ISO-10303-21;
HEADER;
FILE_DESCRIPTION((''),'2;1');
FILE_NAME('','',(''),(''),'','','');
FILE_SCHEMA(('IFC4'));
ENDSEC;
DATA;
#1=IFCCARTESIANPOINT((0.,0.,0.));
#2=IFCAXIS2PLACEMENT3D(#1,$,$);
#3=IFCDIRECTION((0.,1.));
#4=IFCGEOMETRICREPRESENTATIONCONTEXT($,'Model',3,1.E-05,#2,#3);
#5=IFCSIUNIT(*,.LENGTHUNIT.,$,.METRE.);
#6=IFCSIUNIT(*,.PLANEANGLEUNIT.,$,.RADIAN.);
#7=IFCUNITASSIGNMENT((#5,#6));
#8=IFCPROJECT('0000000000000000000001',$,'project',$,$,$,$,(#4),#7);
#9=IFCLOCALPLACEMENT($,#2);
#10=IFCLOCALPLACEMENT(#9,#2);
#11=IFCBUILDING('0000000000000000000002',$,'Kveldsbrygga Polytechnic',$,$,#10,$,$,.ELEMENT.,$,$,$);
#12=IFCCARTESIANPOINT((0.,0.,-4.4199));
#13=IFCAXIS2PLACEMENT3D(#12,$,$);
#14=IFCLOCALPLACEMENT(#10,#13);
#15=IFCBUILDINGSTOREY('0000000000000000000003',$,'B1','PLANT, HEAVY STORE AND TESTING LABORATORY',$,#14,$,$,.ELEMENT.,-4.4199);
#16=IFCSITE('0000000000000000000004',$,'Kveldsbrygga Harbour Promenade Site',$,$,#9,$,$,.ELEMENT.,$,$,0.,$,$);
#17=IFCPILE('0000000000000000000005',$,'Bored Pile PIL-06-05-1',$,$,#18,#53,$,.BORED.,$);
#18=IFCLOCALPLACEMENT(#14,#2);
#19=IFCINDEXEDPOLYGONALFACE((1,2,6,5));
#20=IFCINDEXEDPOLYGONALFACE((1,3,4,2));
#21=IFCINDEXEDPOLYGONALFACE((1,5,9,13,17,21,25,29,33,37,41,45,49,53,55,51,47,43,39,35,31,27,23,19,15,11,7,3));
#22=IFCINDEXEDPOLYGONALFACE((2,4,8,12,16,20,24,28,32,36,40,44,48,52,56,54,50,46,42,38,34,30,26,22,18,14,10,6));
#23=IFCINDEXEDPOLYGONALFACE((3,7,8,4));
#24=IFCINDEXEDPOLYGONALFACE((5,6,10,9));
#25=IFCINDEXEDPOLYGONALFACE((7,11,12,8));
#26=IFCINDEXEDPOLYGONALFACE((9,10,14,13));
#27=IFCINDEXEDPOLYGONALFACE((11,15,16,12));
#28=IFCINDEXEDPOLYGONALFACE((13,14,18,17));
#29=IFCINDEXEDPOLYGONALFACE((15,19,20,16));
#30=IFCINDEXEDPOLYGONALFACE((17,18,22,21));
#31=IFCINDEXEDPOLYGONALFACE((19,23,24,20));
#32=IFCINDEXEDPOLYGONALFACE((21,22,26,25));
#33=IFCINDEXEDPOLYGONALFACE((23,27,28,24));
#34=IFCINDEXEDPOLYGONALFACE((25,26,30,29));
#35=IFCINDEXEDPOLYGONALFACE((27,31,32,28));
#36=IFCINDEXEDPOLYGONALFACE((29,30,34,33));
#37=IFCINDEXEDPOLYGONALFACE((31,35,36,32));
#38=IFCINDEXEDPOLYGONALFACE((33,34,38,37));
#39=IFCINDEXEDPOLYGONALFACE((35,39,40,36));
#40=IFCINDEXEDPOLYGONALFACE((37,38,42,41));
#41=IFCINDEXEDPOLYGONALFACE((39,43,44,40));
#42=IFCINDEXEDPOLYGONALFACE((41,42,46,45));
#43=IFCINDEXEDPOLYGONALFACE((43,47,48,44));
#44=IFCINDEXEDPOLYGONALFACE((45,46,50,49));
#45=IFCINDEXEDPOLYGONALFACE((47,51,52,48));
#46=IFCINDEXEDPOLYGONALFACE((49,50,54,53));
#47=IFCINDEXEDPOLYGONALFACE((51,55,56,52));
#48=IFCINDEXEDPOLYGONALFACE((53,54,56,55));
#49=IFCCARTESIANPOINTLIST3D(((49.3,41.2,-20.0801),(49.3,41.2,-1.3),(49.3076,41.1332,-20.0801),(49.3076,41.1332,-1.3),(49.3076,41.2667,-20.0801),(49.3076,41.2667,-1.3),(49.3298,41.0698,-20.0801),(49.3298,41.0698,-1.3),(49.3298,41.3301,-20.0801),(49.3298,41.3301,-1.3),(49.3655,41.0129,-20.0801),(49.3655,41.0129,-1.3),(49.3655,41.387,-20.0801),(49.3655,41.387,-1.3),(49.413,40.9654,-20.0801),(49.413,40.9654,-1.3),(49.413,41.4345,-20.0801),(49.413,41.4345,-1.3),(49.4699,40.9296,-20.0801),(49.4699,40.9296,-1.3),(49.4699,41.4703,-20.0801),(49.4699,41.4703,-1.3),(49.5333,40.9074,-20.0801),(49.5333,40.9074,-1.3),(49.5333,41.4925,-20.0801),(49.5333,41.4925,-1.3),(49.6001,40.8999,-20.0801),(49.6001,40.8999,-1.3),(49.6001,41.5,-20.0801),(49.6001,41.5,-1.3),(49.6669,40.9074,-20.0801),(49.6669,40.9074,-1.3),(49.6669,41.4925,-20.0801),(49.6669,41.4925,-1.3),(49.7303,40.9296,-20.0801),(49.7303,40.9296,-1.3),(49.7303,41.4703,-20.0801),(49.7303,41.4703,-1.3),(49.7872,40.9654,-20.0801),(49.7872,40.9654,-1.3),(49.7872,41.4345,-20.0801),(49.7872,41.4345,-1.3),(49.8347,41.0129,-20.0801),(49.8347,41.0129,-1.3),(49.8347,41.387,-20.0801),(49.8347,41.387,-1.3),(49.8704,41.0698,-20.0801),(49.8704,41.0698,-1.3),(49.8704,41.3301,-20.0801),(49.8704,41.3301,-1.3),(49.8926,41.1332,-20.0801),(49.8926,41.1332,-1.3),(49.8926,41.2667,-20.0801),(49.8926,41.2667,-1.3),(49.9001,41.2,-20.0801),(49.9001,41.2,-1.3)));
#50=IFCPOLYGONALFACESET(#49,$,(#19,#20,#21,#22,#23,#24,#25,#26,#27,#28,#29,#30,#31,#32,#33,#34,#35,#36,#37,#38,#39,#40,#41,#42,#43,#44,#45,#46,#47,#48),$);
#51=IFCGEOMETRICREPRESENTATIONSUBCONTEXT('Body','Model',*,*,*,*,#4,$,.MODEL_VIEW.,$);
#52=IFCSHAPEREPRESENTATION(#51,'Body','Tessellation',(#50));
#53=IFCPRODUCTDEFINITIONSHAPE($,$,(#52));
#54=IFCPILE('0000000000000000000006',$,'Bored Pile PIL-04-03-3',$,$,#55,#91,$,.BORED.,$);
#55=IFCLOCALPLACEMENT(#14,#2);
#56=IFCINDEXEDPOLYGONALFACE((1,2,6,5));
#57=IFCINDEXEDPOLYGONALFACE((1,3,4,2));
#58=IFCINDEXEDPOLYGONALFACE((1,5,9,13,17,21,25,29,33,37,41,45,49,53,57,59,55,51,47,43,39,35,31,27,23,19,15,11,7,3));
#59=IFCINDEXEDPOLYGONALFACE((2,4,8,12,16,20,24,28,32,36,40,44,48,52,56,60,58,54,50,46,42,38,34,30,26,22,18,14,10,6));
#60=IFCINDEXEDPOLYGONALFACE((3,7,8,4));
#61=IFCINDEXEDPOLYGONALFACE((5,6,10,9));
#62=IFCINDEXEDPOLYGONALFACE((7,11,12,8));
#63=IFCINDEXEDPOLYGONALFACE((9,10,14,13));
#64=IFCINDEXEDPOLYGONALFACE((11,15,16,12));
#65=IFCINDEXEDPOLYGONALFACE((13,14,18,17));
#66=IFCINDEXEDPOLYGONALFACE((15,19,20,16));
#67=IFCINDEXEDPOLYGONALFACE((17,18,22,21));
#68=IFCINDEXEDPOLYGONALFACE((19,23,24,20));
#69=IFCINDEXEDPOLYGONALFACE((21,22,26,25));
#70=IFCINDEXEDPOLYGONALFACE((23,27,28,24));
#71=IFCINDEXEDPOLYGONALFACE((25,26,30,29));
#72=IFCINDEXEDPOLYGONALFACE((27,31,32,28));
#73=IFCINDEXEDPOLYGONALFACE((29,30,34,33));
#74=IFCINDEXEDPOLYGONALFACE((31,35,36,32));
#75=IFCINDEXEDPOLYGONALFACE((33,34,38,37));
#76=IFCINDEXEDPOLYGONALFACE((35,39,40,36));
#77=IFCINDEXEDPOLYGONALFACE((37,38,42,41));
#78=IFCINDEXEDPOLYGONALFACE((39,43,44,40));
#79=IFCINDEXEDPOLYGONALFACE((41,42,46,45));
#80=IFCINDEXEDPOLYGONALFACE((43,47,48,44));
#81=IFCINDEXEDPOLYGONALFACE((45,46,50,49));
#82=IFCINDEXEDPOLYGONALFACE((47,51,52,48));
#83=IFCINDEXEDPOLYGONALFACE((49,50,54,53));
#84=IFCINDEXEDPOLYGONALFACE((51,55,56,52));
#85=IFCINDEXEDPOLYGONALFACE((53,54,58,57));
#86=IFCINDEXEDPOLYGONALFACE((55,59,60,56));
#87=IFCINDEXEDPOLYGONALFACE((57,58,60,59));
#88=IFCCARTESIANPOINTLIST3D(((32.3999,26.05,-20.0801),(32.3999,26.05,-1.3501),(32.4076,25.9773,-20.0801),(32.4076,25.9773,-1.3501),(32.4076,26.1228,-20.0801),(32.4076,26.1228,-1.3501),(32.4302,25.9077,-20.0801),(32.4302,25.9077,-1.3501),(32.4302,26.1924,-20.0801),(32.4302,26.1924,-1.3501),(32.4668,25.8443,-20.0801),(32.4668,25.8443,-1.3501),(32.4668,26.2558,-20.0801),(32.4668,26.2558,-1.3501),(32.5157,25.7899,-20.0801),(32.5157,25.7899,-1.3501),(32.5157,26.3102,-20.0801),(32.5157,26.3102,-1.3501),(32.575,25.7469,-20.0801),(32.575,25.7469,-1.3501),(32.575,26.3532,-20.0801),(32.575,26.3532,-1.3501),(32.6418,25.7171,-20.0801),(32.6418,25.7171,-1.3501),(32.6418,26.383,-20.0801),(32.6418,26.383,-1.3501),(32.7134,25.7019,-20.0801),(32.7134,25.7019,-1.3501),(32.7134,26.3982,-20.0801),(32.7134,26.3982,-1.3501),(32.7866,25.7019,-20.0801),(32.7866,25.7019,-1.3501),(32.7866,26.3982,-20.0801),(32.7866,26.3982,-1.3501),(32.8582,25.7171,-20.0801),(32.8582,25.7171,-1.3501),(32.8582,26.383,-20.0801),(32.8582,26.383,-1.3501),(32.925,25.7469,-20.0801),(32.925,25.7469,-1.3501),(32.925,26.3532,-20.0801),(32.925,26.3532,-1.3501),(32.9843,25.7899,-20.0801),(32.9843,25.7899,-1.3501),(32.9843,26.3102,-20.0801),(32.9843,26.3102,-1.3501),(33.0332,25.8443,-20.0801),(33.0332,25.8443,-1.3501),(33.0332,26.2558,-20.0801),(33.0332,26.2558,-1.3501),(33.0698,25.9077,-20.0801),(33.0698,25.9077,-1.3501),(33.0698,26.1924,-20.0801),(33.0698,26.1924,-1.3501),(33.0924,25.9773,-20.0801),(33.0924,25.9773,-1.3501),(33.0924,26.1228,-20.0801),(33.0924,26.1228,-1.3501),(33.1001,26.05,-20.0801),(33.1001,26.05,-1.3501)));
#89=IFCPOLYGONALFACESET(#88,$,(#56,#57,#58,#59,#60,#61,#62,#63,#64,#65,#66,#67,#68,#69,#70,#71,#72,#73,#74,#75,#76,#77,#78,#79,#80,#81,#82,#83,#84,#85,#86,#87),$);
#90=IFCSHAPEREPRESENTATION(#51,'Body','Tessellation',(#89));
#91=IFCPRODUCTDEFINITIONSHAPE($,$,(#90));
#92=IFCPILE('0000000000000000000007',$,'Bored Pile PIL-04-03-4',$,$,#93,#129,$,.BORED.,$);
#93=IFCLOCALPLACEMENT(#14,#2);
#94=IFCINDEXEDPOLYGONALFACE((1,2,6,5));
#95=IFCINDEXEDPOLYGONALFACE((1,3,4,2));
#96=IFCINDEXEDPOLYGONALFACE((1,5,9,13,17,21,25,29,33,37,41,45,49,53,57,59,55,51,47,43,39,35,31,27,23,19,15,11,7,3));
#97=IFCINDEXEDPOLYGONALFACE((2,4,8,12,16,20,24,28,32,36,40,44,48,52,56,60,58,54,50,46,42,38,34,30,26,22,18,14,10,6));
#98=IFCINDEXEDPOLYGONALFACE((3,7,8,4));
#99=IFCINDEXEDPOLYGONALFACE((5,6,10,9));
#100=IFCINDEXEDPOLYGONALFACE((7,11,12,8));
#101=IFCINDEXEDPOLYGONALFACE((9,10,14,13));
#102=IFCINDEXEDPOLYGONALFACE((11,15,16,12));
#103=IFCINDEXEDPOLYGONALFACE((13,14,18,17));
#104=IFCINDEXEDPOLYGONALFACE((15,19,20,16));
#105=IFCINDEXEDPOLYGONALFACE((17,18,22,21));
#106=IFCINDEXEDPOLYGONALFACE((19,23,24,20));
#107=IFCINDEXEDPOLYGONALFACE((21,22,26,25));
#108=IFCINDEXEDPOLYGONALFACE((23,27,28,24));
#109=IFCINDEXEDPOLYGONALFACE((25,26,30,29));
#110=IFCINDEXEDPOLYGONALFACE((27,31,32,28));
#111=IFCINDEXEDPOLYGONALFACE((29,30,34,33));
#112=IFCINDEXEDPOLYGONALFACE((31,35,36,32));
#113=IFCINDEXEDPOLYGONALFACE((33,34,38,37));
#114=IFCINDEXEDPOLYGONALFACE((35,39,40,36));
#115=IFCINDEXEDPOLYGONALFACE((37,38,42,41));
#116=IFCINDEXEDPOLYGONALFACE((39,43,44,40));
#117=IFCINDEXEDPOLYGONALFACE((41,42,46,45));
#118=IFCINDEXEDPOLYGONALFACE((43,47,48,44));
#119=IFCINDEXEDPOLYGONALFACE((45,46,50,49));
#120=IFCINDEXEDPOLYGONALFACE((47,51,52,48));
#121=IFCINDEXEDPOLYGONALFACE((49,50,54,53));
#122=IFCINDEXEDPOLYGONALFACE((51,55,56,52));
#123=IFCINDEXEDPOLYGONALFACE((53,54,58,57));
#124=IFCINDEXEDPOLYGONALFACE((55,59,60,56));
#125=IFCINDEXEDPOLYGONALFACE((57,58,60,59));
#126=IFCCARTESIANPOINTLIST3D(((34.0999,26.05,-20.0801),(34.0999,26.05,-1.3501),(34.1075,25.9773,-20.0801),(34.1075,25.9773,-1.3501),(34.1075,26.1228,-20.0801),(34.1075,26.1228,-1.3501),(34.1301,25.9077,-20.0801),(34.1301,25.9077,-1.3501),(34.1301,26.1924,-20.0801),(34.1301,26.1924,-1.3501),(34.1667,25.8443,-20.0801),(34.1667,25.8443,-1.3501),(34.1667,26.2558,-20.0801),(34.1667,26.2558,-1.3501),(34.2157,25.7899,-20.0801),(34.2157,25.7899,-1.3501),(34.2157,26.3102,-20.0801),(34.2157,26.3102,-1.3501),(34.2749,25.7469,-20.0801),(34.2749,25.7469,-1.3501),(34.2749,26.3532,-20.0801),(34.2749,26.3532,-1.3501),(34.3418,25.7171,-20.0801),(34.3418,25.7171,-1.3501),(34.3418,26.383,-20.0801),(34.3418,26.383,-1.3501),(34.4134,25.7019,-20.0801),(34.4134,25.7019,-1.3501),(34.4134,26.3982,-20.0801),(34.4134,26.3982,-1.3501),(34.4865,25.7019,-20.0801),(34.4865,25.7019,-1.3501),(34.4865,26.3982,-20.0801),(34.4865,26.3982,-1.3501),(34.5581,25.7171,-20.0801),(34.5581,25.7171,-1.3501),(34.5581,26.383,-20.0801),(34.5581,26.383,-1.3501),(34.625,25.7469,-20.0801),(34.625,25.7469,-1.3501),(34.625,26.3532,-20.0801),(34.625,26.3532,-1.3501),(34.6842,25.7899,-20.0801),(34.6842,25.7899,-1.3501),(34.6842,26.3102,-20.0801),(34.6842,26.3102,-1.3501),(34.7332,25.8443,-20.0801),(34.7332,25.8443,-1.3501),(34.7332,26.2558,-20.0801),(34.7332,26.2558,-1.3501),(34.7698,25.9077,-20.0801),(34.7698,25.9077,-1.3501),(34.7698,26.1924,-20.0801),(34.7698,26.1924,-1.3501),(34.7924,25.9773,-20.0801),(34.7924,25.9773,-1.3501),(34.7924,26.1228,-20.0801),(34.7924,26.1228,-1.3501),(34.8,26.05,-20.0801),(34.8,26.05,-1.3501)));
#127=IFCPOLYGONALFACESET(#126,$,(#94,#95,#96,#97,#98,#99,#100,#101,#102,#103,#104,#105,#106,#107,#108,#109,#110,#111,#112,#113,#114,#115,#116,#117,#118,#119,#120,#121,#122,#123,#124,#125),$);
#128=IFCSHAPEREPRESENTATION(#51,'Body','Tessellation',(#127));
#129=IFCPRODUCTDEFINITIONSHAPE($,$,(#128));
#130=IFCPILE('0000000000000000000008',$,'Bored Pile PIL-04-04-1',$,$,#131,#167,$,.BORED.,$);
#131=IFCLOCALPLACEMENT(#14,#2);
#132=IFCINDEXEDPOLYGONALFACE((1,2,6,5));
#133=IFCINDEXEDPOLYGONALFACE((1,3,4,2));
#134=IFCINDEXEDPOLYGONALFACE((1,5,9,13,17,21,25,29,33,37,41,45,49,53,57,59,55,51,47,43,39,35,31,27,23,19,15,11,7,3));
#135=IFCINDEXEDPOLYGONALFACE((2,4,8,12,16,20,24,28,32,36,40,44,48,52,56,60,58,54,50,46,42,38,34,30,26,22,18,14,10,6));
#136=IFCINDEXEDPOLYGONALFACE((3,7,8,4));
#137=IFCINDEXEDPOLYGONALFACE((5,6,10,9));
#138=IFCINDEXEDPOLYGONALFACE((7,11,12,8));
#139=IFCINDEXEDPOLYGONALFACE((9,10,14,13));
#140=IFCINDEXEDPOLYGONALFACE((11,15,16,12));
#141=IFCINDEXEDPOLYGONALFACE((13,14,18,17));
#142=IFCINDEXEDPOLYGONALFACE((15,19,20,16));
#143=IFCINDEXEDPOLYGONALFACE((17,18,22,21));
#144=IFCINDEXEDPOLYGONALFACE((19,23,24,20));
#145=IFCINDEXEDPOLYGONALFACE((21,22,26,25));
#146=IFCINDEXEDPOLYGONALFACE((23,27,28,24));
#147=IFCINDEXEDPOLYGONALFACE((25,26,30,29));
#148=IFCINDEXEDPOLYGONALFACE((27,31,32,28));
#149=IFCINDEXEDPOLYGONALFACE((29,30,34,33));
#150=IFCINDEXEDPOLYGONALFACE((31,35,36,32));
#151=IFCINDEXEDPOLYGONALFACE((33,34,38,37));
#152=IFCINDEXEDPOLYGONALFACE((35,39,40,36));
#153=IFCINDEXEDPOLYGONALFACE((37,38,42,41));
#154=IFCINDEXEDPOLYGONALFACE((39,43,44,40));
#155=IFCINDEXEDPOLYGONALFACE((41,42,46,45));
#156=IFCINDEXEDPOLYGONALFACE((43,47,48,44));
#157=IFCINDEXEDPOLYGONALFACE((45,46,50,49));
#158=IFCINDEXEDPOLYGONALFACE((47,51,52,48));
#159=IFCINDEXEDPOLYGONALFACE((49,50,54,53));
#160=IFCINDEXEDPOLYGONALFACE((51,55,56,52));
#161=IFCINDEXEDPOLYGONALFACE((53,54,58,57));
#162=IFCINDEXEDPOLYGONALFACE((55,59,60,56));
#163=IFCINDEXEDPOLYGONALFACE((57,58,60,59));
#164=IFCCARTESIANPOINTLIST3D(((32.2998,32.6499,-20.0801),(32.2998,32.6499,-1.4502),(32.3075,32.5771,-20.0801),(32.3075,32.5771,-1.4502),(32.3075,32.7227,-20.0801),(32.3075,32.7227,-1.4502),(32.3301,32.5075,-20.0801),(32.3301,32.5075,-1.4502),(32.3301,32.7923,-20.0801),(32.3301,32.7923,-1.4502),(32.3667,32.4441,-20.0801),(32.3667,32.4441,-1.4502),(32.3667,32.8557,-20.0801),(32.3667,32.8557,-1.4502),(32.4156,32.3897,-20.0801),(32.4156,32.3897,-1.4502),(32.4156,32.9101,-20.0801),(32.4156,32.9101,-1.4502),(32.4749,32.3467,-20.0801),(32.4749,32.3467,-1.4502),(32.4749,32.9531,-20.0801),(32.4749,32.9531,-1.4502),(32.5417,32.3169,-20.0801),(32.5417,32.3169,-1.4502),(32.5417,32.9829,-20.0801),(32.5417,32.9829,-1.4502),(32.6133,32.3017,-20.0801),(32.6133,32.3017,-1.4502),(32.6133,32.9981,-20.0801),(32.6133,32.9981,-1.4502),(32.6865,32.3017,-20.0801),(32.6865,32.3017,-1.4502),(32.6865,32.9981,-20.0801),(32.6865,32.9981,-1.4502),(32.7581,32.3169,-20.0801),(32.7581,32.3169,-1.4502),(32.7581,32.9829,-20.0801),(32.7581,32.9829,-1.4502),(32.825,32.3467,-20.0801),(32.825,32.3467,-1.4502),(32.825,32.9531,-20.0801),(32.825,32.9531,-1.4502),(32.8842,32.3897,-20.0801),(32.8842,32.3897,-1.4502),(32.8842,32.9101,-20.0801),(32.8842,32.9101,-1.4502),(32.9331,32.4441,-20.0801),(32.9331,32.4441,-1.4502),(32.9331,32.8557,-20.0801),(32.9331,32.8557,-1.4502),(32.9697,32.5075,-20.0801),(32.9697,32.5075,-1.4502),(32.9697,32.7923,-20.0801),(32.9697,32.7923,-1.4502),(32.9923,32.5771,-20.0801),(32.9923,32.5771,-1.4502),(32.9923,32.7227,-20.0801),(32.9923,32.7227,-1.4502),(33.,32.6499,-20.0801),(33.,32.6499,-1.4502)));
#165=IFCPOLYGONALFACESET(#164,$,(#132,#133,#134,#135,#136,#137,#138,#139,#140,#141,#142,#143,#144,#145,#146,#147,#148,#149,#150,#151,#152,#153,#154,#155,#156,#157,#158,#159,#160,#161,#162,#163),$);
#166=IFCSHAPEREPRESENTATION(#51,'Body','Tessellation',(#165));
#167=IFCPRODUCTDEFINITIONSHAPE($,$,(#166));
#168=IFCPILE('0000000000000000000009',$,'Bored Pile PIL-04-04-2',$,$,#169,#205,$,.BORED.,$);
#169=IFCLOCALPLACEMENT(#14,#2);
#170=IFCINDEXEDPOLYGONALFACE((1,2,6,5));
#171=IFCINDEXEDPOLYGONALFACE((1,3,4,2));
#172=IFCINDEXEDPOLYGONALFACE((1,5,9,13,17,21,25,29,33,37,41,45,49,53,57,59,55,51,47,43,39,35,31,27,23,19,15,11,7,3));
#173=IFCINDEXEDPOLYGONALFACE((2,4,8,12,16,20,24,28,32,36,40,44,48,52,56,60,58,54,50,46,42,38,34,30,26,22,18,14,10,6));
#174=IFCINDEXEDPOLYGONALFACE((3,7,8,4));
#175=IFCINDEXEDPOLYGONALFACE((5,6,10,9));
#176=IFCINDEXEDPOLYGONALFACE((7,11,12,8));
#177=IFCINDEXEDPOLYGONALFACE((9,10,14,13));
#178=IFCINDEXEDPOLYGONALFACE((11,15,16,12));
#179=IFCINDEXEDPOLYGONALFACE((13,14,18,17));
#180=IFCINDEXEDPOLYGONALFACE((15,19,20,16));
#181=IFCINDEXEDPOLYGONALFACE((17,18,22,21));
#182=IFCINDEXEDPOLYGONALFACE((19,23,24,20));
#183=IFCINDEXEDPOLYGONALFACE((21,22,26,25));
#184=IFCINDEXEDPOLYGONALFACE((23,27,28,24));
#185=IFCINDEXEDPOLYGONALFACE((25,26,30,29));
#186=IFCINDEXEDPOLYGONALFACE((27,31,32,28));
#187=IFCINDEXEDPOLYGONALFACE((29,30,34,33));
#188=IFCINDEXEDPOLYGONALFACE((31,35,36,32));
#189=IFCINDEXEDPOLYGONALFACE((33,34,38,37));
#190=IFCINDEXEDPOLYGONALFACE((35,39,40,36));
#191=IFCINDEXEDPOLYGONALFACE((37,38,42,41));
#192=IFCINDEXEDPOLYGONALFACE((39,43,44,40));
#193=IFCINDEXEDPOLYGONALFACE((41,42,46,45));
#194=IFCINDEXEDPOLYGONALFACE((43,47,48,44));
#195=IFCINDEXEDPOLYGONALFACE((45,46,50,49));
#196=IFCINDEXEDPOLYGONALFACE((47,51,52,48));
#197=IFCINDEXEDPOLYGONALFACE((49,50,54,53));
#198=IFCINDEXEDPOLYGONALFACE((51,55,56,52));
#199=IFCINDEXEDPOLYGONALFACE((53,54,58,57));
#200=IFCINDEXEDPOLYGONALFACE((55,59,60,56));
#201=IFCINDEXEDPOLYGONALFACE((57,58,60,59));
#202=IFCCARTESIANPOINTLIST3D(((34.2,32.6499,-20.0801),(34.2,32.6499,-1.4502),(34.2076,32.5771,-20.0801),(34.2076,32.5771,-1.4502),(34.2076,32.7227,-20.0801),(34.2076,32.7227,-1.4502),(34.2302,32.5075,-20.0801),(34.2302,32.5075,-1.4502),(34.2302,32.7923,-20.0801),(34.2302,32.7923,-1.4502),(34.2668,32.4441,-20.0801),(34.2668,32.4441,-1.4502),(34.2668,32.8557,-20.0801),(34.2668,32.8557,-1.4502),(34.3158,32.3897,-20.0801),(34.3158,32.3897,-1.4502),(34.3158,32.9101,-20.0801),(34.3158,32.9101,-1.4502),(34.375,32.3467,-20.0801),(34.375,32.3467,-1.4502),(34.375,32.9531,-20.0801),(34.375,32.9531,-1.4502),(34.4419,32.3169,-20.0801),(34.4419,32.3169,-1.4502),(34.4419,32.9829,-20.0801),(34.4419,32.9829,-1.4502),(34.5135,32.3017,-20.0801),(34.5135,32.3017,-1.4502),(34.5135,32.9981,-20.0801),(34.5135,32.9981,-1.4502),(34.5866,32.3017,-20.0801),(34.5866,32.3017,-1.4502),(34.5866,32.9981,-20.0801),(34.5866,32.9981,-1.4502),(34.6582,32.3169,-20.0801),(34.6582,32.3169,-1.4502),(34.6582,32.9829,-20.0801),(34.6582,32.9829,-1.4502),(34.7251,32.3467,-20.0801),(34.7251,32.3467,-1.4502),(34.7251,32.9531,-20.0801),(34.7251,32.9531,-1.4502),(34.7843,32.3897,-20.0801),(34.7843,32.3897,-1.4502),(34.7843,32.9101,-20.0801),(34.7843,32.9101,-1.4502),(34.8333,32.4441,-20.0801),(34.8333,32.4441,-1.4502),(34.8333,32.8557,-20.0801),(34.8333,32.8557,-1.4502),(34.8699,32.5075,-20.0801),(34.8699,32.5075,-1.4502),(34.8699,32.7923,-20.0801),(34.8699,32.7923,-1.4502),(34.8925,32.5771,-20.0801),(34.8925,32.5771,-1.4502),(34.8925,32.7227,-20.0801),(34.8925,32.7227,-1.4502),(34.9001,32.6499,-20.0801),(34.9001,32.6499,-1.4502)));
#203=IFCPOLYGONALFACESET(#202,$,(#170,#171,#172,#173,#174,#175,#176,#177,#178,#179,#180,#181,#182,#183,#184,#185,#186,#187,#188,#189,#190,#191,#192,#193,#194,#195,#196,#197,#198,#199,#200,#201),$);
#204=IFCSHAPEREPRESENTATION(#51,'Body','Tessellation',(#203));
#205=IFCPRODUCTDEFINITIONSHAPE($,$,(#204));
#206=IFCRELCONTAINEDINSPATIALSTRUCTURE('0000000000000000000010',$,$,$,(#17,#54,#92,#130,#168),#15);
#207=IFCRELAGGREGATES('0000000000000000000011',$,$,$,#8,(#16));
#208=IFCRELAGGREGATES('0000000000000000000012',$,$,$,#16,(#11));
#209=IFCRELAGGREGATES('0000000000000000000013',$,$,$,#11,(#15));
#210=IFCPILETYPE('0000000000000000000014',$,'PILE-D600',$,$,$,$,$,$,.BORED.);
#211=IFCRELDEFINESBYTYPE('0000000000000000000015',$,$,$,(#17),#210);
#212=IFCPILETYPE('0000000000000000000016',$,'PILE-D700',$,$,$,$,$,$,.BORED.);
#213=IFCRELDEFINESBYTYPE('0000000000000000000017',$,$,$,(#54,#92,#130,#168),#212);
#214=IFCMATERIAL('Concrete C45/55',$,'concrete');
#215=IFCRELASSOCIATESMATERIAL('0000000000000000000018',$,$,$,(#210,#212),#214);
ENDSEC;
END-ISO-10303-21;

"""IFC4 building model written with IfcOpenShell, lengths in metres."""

from ifc_helpers import new_model, si_unit, direction, frame, origin, origin_2d, place, context, subcontext, project, spatial, circle, extrude, material, material_profile, profile_set, type_object, element, save


model = new_model("IFC4")

# Units and contexts
model_context = context("Model", 3, precision=1e-05, world=origin(), true_north=direction((0.0, 1.0)))
body_context = subcontext(model_context, "Body", "Model", "MODEL_VIEW")
ifc_project = project(units=[si_unit("LENGTHUNIT", "METRE"), si_unit("PLANEANGLEUNIT", "RADIAN")], contexts=[model_context])

# Site, building, storey
site_placement = place(None, origin())
site = spatial("IfcSite", under=ifc_project, at=site_placement, Name="Kveldsbrygga Harbour Promenade Site", CompositionType="ELEMENT", RefElevation=0.0)
building_placement = place(site_placement, origin())
building = spatial("IfcBuilding", under=site, at=building_placement, Name="Kveldsbrygga Polytechnic", CompositionType="ELEMENT")
storey_placement = place(building_placement, frame((0.0, 0.0, -4.4199)))
storey = spatial("IfcBuildingStorey", under=building, at=storey_placement, Name="B1", Description="PLANT, HEAVY STORE AND TESTING LABORATORY", CompositionType="ELEMENT", Elevation=-4.4199)

# Shared definitions
ifc_material_1 = material(Name="Concrete C45/55", Category="concrete")

# Piles
ifc_material_profile_1 = material_profile(ifc_material_1, circle(Radius=0.3, at=origin_2d()), Name="PILE D600")
ifc_profile_set_1 = profile_set([ifc_material_profile_1], Name="Concrete C45/55")
pile_type_1 = type_object("IfcPileType", Name="PILE-D600", PredefinedType="BORED", material=ifc_profile_set_1)
for number, where, z_axis, x_axis, name in (
    (1, (49.6001, 41.2, -1.3), (0.0, 0.0, -1.0), (1.0, 0.0, 0.0), "Bored Pile PIL-06-05-1"),
):
    element("IfcPile", number, at=place(storey_placement, frame(where, z_axis=z_axis, x_axis=x_axis)), inside=storey, type_object=pile_type_1, Name=name, PredefinedType="BORED", context=body_context, shape_type="SweptSolid", body=[
        extrude(circle(Radius=0.3, at=origin_2d()), origin(), (0.0, 0.0, 1.0), 18.78),
    ])
ifc_material_profile_2 = material_profile(ifc_material_1, circle(Radius=0.3501, at=origin_2d()), Name="PILE D700")
ifc_profile_set_2 = profile_set([ifc_material_profile_2], Name="Concrete C45/55")
pile_type_2 = type_object("IfcPileType", Name="PILE-D700", PredefinedType="BORED", material=ifc_profile_set_2)
for number, where, z_axis, x_axis, name in (
    (2, (32.75, 26.05, -1.3501), (0.0, 0.0, -1.0), (1.0, 0.0, 0.0), "Bored Pile PIL-04-03-3"),
    (3, (34.45, 26.05, -1.3501), (0.0, 0.0, -1.0), (1.0, 0.0, 0.0), "Bored Pile PIL-04-03-4"),
):
    element("IfcPile", number, at=place(storey_placement, frame(where, z_axis=z_axis, x_axis=x_axis)), inside=storey, type_object=pile_type_2, Name=name, PredefinedType="BORED", context=body_context, shape_type="SweptSolid", body=[
        extrude(circle(Radius=0.3501, at=origin_2d()), origin(), (0.0, 0.0, 1.0), 18.73),
    ])
for number, where, z_axis, x_axis, name in (
    (4, (32.6499, 32.6499, -1.4502), (0.0, 0.0, -1.0), (1.0, 0.0, 0.0), "Bored Pile PIL-04-04-1"),
    (5, (34.55, 32.6499, -1.4502), (0.0, 0.0, -1.0), (1.0, 0.0, 0.0), "Bored Pile PIL-04-04-2"),
):
    element("IfcPile", number, at=place(storey_placement, frame(where, z_axis=z_axis, x_axis=x_axis)), inside=storey, type_object=pile_type_2, Name=name, PredefinedType="BORED", context=body_context, shape_type="SweptSolid", body=[
        extrude(circle(Radius=0.3501, at=origin_2d()), origin(), (0.0, 0.0, 1.0), 18.6299),
    ])

save(model, "model.ifc")
